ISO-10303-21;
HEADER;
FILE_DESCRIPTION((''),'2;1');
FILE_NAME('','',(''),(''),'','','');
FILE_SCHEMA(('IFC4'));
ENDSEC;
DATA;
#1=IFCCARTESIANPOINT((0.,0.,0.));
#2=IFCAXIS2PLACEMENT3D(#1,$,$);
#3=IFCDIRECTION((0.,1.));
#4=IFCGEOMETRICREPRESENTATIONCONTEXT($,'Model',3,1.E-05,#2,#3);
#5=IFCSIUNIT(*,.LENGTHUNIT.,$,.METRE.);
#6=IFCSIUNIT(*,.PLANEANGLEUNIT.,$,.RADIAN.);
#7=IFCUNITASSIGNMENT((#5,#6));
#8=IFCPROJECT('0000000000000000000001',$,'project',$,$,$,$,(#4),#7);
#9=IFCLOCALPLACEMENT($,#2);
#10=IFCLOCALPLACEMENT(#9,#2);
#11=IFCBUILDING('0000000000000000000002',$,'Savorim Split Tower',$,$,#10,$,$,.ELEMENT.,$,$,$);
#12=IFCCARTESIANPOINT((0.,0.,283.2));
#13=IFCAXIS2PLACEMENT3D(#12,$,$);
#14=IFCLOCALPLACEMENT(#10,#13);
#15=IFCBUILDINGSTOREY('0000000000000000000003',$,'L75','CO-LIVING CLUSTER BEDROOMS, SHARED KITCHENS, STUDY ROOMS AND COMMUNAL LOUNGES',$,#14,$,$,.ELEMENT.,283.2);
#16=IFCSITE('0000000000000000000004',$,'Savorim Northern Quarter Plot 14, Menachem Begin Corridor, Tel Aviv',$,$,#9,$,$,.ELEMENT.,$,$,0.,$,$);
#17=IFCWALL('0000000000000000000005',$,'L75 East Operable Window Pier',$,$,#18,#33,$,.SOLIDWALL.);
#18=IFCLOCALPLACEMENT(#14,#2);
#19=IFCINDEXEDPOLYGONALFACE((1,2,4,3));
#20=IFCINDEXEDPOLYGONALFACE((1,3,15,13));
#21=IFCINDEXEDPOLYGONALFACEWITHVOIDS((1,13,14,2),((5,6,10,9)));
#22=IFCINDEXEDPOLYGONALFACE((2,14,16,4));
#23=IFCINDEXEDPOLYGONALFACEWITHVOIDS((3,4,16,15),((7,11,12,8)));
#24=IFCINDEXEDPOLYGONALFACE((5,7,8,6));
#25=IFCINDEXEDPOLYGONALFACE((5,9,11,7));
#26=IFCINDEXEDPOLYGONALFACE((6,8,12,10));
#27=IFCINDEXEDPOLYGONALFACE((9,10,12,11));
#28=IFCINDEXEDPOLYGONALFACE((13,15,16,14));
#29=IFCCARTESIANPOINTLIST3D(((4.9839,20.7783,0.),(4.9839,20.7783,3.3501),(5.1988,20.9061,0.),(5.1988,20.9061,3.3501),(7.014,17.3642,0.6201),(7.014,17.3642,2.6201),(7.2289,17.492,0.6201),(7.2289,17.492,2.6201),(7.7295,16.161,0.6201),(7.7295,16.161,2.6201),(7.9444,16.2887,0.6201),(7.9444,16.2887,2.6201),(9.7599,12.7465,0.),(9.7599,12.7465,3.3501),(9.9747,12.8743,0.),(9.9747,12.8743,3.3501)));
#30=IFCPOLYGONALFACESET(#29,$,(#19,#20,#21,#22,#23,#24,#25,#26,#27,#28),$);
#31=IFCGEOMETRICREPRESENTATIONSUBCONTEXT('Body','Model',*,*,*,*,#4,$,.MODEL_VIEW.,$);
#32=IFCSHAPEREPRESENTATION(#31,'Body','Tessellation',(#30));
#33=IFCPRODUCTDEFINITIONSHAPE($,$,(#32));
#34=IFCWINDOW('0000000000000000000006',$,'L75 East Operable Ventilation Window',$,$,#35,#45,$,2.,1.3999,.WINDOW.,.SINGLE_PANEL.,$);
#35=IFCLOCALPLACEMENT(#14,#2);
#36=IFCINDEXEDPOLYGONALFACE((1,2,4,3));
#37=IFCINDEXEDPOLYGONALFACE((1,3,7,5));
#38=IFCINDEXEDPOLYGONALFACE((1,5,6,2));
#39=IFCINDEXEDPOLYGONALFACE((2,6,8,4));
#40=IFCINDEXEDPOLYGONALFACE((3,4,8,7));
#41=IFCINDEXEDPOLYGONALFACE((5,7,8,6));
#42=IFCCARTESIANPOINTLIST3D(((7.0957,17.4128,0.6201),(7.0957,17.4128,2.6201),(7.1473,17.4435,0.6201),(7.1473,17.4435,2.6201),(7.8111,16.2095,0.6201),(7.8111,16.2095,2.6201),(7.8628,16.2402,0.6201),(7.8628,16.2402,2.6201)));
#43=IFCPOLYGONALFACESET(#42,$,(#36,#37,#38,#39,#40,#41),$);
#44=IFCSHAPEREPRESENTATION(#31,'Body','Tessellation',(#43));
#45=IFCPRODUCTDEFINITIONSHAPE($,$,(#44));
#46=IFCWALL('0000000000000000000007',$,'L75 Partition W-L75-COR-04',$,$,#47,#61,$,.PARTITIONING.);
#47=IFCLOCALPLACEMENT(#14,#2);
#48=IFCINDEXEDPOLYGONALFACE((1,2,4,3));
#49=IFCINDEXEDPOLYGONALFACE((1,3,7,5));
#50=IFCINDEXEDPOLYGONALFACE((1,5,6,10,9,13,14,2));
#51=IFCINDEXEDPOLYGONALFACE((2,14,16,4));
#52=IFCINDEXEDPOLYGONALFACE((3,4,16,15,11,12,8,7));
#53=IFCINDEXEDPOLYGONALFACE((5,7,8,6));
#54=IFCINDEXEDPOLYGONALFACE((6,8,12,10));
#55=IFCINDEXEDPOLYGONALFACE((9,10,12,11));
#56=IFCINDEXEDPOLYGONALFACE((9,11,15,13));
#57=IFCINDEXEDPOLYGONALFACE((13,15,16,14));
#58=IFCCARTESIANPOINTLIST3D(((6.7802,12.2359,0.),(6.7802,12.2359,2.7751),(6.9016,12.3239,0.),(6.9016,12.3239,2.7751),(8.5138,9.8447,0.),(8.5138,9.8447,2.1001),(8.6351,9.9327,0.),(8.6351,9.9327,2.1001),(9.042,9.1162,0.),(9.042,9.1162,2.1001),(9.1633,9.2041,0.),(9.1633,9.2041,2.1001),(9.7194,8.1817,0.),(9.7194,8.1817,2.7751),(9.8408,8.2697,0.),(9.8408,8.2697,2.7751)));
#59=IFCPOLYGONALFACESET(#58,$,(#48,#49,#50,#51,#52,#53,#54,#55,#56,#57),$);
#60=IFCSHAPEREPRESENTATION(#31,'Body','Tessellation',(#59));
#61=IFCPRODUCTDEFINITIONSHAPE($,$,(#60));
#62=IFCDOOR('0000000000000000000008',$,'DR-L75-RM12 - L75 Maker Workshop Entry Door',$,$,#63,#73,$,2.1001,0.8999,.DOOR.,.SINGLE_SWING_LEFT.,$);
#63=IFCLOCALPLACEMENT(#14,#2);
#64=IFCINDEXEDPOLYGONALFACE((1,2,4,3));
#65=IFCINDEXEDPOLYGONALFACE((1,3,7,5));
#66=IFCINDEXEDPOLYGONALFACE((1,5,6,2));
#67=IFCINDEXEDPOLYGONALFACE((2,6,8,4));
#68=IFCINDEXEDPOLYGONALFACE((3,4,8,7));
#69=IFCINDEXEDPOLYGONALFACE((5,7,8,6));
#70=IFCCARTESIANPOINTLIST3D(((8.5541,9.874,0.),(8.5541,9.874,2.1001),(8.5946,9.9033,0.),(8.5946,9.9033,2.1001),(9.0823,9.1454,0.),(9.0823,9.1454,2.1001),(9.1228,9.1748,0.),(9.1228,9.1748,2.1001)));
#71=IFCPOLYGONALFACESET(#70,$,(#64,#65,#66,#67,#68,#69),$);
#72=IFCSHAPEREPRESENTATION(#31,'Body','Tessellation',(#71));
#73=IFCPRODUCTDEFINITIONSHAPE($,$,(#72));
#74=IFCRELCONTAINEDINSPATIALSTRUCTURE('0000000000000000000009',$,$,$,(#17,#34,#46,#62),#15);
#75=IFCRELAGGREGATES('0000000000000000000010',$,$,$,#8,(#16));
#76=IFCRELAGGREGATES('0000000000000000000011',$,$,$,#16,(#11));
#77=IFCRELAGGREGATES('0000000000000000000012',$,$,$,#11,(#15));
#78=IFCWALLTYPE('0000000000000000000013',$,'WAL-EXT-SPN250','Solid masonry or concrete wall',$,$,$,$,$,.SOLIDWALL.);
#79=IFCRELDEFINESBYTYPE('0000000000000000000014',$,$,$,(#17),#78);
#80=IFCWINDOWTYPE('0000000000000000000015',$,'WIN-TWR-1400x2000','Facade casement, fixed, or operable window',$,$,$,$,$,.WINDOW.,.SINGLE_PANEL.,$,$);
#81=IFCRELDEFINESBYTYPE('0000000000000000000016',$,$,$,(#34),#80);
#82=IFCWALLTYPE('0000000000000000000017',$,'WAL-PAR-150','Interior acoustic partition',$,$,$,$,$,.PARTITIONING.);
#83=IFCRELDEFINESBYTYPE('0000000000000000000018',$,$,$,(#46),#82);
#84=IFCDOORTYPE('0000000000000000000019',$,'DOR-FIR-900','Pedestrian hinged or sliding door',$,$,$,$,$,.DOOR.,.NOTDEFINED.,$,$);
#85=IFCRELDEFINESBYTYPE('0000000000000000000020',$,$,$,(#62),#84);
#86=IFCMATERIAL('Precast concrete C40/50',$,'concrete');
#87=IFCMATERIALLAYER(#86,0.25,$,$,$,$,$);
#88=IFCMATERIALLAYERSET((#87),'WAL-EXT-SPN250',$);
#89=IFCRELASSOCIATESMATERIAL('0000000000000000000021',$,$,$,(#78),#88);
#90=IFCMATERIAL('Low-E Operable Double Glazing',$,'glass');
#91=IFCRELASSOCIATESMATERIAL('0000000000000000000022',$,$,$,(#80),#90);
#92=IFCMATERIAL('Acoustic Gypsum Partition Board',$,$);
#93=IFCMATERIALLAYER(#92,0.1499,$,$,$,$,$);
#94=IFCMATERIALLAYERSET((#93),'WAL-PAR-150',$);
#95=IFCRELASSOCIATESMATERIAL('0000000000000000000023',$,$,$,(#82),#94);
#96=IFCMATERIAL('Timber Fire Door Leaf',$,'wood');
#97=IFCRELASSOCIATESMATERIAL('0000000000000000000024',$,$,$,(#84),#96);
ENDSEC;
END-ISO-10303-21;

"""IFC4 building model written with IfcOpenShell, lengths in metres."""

from ifc_helpers import new_model, si_unit, direction, frame, frame_2d, origin, place, context, subcontext, project, spatial, rectangle, extrude, material, layer, layer_set, type_object, element, fill, save


model = new_model("IFC4")

# Units and contexts
model_context = context("Model", 3, precision=1e-05, world=origin(), true_north=direction((0.0, 1.0)))
body_context = subcontext(model_context, "Body", "Model", "MODEL_VIEW")
ifc_project = project(units=[si_unit("LENGTHUNIT", "METRE"), si_unit("PLANEANGLEUNIT", "RADIAN")], contexts=[model_context])

# Site, building, storey
site_placement = place(None, origin())
site = spatial("IfcSite", under=ifc_project, at=site_placement, Name="Savorim Northern Quarter Plot 14, Menachem Begin Corridor, Tel Aviv", CompositionType="ELEMENT", RefElevation=0.0)
building_placement = place(site_placement, origin())
building = spatial("IfcBuilding", under=site, at=building_placement, Name="Savorim Split Tower", CompositionType="ELEMENT")
storey_placement = place(building_placement, frame((0.0, 0.0, 283.2)))
storey = spatial("IfcBuildingStorey", under=building, at=storey_placement, Name="L75", Description="CO-LIVING CLUSTER BEDROOMS, SHARED KITCHENS, STUDY ROOMS AND COMMUNAL LOUNGES", CompositionType="ELEMENT", Elevation=283.2)

# Shared definitions
ifc_material_1 = material(Name="Timber Fire Door Leaf", Category="wood")

# Shared definitions
ifc_material_2 = material(Name="Precast concrete C40/50", Category="concrete")

# Wall, opening, window
ifc_layer_1 = layer(ifc_material_2, 0.25)
ifc_layer_set_1 = layer_set([ifc_layer_1], Name="WAL-EXT-SPN250")
wall_type_1 = type_object("IfcWallType", Name="WAL-EXT-SPN250", Description="Solid masonry or concrete wall", PredefinedType="SOLIDWALL", material=ifc_layer_set_1)
wall_1_placement = place(storey_placement, frame((5.0913, 20.8423, 0.0), z_axis=(0.0, 0.0, 1.0), x_axis=(0.511095, -0.859524, 0.0)))
wall_1 = element("IfcWall", 1, at=wall_1_placement, inside=storey, type_object=wall_type_1, Name="L75 East Operable Window Pier", PredefinedType="SOLIDWALL", context=body_context, shape_type="SweptSolid", body=[
    extrude(rectangle(XDim=9.3445, YDim=0.25, at=frame_2d((4.6724, 0.0))), origin(), (0.0, 0.0, 1.0), 3.3501),
])
opening_1_placement = place(wall_1_placement, frame((3.9722, 0.0, 0.6201)))
opening_1 = element("IfcOpeningElement", 2, at=opening_1_placement, cuts=wall_1, PredefinedType="OPENING", context=body_context, shape_type="SweptSolid", body=[
    extrude(rectangle(XDim=1.3999, YDim=2.0, at=frame_2d((0.7, 1.0))), frame((0.0, 0.135, 0.0), z_axis=(0.0, -1.0, 0.0), x_axis=(1.0, 0.0, 0.0)), (0.0, 0.0, 1.0), 0.27),
])
ifc_material_3 = material(Name="Low-E Operable Double Glazing", Category="glass")
window_type = type_object("IfcWindowType", Name="WIN-TWR-1400x2000", Description="Facade casement, fixed, or operable window", PartitioningType="SINGLE_PANEL", PredefinedType="WINDOW", material=ifc_material_3)
window_placement = place(opening_1_placement, origin())
window = element("IfcWindow", 3, at=window_placement, inside=storey, type_object=window_type, Name="L75 East Operable Ventilation Window", OverallHeight=2.0, OverallWidth=1.3999, PartitioningType="SINGLE_PANEL", PredefinedType="WINDOW", context=body_context, shape_type="SweptSolid", body=[
    extrude(rectangle(XDim=1.3999, YDim=2.0, at=frame_2d((0.7, 1.0))), frame((0.0, 0.03, 0.0), z_axis=(0.0, -1.0, 0.0), x_axis=(1.0, 0.0, 0.0)), (0.0, 0.0, 1.0), 0.0601),
])
fill(opening_1, window)

# Wall, opening, door
ifc_material_4 = material(Name="Acoustic Gypsum Partition Board")
ifc_layer_2 = layer(ifc_material_4, 0.1499)
ifc_layer_set_2 = layer_set([ifc_layer_2], Name="WAL-PAR-150")
wall_type_2 = type_object("IfcWallType", Name="WAL-PAR-150", Description="Interior acoustic partition", PredefinedType="PARTITIONING", material=ifc_layer_set_2)
wall_2_placement = place(storey_placement, frame((6.8408, 12.28, 0.0), z_axis=(0.0, 0.0, 1.0), x_axis=(0.586956, -0.809619, 0.0)))
wall_2 = element("IfcWall", 4, at=wall_2_placement, inside=storey, type_object=wall_type_2, Name="L75 Partition W-L75-COR-04", PredefinedType="PARTITIONING", context=body_context, shape_type="SweptSolid", body=[
    extrude(rectangle(XDim=5.0076, YDim=0.1499, at=frame_2d((2.5039, 0.0))), origin(), (0.0, 0.0, 1.0), 2.7751),
])
opening_2_placement = place(wall_2_placement, frame((2.9536, 0.0, 0.0)))
opening_2 = element("IfcOpeningElement", 5, at=opening_2_placement, cuts=wall_2, PredefinedType="OPENING", context=body_context, shape_type="SweptSolid", body=[
    extrude(rectangle(XDim=0.8999, YDim=2.1001, at=frame_2d((0.45, 1.05))), frame((0.0, 0.085, 0.0), z_axis=(0.0, -1.0, 0.0), x_axis=(1.0, 0.0, 0.0)), (0.0, 0.0, 1.0), 0.1699),
])
door_type_1 = type_object("IfcDoorType", Name="DOR-FIR-900", Description="Pedestrian hinged or sliding door", OperationType="NOTDEFINED", PredefinedType="DOOR", material=ifc_material_1)
door_1_placement = place(opening_2_placement, origin())
door_1 = element("IfcDoor", 6, at=door_1_placement, inside=storey, type_object=door_type_1, Name="DR-L75-RM12 - L75 Maker Workshop Entry Door", OperationType="SINGLE_SWING_LEFT", OverallHeight=2.1001, OverallWidth=0.8999, PredefinedType="DOOR", context=body_context, shape_type="SweptSolid", body=[
    extrude(rectangle(XDim=0.8999, YDim=2.1001, at=frame_2d((0.45, 1.05))), frame((0.0, 0.0249, 0.0), z_axis=(0.0, -1.0, 0.0), x_axis=(1.0, 0.0, 0.0)), (0.0, 0.0, 1.0), 0.05),
])
fill(opening_2, door_1)

save(model, "model.ifc")
